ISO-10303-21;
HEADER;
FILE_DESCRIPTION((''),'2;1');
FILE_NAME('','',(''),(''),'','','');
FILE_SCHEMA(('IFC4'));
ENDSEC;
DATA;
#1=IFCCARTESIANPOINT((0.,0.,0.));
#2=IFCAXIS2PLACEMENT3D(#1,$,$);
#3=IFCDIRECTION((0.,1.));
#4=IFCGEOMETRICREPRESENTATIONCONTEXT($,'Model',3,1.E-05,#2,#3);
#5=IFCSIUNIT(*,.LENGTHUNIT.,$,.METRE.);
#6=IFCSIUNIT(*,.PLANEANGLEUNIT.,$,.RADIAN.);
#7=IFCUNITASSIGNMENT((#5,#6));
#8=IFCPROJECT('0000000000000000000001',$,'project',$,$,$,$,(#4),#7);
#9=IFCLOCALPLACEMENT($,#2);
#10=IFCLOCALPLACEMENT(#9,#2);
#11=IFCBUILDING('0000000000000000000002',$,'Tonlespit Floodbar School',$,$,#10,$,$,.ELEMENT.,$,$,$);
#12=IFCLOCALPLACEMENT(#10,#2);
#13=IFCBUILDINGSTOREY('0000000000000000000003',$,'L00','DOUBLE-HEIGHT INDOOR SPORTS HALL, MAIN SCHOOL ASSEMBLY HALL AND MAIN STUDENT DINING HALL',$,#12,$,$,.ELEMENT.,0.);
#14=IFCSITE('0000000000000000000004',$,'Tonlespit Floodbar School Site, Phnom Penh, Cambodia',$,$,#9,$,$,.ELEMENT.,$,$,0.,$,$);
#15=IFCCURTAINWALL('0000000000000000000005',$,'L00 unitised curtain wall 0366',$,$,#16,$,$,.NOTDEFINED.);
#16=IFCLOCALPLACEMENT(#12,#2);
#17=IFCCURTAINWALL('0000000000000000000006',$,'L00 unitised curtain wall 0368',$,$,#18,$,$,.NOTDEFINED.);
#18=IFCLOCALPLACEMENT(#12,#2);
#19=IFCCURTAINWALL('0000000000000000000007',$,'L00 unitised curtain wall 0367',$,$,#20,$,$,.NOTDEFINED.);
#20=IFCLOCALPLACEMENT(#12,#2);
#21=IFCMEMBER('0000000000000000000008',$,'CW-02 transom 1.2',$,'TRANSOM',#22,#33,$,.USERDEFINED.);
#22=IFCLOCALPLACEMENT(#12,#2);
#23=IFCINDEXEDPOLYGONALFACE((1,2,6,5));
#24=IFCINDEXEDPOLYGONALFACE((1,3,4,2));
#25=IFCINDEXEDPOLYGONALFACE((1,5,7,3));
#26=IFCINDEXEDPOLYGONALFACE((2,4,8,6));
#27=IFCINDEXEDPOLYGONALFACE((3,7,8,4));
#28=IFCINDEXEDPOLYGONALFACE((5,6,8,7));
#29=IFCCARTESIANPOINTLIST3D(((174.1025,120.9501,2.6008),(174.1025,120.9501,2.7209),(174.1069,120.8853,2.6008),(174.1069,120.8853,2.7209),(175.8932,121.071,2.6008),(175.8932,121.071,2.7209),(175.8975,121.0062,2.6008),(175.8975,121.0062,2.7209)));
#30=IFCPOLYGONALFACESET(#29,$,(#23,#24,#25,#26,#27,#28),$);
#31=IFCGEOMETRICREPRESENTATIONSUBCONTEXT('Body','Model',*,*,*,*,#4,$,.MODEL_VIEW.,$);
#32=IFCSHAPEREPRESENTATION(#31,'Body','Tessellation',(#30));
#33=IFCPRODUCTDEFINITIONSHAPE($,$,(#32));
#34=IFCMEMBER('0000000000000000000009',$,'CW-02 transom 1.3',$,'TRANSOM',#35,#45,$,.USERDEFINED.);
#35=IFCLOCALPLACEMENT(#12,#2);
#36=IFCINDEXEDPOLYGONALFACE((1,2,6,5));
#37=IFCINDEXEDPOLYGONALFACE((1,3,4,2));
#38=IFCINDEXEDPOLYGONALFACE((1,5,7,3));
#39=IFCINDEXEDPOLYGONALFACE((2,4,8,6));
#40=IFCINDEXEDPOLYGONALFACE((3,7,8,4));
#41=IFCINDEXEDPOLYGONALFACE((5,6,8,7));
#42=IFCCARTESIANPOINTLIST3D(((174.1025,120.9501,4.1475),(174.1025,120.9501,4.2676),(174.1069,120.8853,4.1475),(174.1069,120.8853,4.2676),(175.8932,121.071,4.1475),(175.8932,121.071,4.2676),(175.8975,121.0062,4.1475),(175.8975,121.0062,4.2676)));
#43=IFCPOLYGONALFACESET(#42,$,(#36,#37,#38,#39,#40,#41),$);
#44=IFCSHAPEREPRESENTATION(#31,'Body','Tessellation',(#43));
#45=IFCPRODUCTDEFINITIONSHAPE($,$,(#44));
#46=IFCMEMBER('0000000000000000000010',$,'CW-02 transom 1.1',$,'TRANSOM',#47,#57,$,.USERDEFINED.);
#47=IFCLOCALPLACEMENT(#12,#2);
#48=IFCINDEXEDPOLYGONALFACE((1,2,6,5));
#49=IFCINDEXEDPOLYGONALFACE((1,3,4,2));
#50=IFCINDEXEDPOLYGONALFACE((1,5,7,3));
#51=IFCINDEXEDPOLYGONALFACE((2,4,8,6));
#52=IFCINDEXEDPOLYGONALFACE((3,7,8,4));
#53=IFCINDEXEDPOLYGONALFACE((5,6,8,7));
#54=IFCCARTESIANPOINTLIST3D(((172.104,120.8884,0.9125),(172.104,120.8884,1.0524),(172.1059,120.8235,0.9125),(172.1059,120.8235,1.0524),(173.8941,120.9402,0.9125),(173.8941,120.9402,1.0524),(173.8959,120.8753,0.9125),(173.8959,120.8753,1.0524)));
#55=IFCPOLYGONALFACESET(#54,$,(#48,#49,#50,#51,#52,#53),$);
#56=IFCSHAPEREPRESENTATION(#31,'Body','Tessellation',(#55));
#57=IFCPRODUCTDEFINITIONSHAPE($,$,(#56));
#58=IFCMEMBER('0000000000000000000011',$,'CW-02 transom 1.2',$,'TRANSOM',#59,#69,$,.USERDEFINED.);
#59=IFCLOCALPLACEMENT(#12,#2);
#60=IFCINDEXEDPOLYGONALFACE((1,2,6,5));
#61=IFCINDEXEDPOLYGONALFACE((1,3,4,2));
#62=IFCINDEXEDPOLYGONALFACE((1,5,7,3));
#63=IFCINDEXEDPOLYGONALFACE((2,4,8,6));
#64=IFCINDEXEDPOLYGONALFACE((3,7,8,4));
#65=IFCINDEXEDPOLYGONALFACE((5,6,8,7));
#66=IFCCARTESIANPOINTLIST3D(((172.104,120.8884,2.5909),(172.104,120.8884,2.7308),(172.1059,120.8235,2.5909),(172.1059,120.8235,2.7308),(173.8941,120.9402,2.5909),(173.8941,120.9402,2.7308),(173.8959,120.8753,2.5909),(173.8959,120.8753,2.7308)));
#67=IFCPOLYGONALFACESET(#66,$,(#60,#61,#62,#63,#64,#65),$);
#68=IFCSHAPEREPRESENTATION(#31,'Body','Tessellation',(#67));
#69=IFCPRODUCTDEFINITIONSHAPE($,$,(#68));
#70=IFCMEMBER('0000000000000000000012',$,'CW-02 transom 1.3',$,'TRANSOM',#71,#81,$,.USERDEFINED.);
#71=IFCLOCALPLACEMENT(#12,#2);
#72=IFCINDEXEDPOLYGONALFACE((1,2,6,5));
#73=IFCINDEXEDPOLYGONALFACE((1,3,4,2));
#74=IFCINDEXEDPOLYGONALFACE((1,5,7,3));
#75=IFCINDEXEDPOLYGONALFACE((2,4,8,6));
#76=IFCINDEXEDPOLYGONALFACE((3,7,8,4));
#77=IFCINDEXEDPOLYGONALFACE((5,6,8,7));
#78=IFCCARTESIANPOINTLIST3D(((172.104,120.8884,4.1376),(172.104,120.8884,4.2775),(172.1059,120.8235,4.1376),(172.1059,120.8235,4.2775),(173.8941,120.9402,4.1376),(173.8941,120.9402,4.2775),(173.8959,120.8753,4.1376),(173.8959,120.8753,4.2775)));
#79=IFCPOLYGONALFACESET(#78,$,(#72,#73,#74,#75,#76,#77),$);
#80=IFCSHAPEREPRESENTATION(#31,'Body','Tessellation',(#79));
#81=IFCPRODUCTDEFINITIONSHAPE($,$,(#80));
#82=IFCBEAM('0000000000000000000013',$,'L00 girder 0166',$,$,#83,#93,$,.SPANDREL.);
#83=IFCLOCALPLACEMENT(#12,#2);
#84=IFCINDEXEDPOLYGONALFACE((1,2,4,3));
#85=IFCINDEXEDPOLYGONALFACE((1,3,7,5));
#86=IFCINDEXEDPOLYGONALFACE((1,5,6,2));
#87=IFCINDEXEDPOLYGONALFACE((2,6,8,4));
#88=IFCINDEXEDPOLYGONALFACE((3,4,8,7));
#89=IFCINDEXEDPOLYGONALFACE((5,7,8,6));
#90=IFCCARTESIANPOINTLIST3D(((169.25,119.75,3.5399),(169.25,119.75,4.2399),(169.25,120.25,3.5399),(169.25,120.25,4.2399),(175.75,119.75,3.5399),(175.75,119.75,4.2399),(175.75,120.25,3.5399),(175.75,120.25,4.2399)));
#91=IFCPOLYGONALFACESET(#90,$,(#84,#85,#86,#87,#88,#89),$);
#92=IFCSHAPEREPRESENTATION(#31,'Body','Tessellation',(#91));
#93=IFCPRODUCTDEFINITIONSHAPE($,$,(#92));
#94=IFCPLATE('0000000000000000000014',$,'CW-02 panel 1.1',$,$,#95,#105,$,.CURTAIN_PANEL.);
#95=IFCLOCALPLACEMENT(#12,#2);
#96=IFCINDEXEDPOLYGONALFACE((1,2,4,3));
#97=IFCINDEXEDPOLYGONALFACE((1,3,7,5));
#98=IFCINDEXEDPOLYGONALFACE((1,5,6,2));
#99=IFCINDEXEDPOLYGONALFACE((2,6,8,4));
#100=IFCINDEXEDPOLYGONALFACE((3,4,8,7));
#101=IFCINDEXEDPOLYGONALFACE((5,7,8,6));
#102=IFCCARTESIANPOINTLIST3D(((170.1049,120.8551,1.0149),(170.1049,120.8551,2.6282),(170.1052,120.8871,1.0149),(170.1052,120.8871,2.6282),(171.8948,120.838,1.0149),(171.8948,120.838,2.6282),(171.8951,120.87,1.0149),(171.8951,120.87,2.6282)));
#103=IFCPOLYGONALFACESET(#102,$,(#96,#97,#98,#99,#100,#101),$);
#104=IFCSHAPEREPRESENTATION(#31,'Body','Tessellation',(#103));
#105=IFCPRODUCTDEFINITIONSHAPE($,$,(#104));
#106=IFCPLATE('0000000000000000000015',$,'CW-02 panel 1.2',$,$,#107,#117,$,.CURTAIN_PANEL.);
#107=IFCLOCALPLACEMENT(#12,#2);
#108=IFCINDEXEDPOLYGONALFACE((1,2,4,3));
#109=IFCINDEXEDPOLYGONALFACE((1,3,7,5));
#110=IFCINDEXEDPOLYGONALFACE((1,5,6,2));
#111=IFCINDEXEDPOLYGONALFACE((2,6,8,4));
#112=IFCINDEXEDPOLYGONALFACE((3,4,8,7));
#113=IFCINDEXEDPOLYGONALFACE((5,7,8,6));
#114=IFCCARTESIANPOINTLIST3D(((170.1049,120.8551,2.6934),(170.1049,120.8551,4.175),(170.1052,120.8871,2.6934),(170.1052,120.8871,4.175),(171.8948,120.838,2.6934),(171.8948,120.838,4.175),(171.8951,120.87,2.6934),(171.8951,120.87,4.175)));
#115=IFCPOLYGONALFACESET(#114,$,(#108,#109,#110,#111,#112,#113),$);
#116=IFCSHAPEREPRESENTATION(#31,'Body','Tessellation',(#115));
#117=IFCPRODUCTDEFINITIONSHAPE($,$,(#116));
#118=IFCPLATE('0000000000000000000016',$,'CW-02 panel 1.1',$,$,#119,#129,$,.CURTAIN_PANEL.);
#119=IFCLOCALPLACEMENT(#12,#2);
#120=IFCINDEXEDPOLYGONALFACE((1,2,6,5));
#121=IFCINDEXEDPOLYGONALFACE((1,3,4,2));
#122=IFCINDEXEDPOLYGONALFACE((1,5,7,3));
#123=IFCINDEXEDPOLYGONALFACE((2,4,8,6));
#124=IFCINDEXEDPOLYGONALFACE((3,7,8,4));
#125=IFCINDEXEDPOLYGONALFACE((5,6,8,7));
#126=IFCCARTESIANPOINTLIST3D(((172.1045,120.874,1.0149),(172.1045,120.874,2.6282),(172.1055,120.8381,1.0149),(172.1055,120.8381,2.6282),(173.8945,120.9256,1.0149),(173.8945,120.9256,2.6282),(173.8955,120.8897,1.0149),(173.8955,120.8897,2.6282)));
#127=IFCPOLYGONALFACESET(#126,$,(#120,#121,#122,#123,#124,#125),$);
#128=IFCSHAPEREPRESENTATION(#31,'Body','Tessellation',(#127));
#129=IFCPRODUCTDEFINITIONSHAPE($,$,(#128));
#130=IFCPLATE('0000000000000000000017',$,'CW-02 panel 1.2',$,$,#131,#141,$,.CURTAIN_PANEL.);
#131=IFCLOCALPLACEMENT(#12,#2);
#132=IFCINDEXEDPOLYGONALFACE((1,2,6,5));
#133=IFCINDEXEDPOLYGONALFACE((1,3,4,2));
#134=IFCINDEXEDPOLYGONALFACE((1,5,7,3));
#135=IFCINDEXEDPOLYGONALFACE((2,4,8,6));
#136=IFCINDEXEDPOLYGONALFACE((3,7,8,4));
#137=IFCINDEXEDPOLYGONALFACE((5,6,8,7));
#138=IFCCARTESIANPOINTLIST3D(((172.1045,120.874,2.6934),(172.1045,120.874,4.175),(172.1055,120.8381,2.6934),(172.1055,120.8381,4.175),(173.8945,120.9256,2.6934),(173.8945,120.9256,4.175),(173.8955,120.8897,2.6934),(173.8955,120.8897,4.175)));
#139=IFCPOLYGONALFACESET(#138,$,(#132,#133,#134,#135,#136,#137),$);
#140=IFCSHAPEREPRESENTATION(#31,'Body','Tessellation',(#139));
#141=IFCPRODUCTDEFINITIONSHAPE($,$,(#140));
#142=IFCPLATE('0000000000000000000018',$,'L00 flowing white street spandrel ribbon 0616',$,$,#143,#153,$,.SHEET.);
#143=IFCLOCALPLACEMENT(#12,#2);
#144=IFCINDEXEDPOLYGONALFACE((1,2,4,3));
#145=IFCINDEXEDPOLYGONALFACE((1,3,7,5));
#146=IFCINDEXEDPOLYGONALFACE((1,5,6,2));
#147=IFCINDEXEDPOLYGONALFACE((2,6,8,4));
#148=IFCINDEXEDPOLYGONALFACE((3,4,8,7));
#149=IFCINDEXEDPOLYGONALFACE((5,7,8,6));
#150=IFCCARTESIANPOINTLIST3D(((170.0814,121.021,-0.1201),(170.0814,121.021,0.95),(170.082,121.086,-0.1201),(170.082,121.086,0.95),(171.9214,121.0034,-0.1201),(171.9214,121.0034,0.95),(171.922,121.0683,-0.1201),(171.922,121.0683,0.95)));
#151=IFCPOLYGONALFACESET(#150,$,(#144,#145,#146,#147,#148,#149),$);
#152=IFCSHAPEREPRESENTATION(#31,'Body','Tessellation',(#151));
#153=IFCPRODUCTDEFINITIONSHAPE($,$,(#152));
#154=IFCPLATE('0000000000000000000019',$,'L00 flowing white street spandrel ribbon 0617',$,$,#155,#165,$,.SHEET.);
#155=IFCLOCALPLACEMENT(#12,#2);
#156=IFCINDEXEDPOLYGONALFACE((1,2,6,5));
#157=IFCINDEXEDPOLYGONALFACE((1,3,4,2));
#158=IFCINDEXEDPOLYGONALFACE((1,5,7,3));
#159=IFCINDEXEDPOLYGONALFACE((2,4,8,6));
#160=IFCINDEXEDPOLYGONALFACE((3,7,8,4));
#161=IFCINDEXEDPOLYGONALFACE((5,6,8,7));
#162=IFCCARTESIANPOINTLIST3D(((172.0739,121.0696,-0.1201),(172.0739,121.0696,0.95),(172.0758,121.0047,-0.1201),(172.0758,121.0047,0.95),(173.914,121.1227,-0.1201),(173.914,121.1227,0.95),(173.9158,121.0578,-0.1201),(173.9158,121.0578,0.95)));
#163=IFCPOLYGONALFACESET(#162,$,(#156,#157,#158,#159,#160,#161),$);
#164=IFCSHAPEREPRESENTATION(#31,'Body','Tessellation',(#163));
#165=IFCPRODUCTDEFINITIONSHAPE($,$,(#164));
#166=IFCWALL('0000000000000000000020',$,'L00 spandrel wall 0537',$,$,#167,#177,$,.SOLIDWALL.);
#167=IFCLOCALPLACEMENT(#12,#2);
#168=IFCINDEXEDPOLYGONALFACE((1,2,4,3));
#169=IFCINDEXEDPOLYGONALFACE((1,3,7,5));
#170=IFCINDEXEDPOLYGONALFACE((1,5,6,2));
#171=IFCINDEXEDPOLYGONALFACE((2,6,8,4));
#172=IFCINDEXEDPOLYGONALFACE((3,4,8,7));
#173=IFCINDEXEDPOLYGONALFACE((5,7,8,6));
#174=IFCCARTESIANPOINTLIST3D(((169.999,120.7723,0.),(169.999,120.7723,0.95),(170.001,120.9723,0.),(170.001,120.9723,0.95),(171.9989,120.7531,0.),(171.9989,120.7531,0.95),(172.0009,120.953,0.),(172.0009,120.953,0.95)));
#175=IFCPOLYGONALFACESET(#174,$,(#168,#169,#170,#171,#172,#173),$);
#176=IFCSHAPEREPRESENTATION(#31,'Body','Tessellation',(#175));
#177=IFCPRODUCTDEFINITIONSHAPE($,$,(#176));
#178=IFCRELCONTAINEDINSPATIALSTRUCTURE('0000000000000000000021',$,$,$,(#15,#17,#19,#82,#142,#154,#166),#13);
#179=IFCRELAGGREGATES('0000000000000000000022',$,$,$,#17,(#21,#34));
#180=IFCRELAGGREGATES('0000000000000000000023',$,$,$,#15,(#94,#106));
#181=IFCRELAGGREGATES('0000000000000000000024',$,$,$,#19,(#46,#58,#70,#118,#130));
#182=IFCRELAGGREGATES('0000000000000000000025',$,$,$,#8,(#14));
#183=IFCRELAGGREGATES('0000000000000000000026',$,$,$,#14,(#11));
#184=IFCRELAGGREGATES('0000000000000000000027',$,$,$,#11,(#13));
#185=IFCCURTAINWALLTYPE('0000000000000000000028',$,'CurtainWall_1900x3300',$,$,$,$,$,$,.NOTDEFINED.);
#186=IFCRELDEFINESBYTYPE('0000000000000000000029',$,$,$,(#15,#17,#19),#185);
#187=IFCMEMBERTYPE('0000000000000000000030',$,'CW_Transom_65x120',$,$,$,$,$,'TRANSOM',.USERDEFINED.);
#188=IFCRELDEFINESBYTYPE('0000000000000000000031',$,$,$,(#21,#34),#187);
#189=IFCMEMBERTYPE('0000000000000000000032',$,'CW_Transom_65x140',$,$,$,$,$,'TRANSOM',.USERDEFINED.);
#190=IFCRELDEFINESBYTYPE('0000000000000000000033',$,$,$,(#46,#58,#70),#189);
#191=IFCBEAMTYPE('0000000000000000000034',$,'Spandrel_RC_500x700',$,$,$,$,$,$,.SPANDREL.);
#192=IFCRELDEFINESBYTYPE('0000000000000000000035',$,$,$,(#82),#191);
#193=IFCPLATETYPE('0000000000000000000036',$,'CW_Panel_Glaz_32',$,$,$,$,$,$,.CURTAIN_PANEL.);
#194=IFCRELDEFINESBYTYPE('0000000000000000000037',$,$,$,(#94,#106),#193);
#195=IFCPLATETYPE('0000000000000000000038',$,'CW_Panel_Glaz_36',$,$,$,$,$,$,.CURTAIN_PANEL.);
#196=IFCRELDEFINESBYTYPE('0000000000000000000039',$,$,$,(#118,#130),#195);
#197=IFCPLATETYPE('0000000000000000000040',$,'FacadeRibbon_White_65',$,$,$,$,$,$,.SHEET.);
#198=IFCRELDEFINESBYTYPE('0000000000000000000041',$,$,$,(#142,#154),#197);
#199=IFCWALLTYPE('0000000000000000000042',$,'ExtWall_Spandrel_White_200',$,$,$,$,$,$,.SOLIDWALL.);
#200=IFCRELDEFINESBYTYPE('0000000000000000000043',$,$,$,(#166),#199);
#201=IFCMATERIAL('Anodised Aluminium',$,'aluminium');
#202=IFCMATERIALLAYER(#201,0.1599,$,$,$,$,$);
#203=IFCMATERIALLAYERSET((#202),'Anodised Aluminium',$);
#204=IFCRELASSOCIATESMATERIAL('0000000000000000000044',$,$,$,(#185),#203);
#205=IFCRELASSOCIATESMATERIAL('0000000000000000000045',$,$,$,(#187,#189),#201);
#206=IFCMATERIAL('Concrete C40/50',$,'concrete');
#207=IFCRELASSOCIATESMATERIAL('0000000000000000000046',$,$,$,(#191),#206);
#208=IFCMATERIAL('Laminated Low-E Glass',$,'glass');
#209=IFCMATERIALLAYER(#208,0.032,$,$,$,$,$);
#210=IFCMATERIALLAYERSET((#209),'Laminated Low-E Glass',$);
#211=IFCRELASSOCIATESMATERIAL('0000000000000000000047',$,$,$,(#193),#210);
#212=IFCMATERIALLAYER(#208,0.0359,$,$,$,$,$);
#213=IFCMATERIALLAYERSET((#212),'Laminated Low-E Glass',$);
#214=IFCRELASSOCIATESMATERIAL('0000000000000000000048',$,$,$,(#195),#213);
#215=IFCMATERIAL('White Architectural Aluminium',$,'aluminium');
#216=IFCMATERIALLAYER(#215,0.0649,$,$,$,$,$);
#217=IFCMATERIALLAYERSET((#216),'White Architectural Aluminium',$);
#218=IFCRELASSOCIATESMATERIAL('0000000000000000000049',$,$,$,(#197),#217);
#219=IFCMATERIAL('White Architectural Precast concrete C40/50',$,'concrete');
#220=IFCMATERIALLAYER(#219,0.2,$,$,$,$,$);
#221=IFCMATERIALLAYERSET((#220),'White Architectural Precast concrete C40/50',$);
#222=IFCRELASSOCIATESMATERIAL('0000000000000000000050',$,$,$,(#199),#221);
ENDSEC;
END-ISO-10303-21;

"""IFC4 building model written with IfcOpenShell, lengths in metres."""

from ifc_helpers import new_model, si_unit, direction, frame, frame_2d, origin, origin_2d, place, context, subcontext, project, spatial, rectangle, extrude, material, layer, layer_set, material_profile, profile_set, type_object, element, aggregate, save


model = new_model("IFC4")

# Units and contexts
model_context = context("Model", 3, precision=1e-05, world=origin(), true_north=direction((0.0, 1.0)))
body_context = subcontext(model_context, "Body", "Model", "MODEL_VIEW")
ifc_project = project(units=[si_unit("LENGTHUNIT", "METRE"), si_unit("PLANEANGLEUNIT", "RADIAN")], contexts=[model_context])

# Site, building, storey
site_placement = place(None, origin())
site = spatial("IfcSite", under=ifc_project, at=site_placement, Name="Tonlespit Floodbar School Site, Phnom Penh, Cambodia", CompositionType="ELEMENT", RefElevation=0.0)
building_placement = place(site_placement, origin())
building = spatial("IfcBuilding", under=site, at=building_placement, Name="Tonlespit Floodbar School", CompositionType="ELEMENT")
storey_placement = place(building_placement, origin())
storey = spatial("IfcBuildingStorey", under=building, at=storey_placement, Name="L00", Description="DOUBLE-HEIGHT INDOOR SPORTS HALL, MAIN SCHOOL ASSEMBLY HALL AND MAIN STUDENT DINING HALL", CompositionType="ELEMENT", Elevation=0.0)

# Shared definitions
ifc_material_1 = material(Name="Concrete C40/50", Category="concrete")

# Curtain wall
ifc_material_2 = material(Name="Anodised Aluminium", Category="aluminium")
ifc_layer_1 = layer(ifc_material_2, 0.1599)
ifc_layer_set_1 = layer_set([ifc_layer_1], Name="Anodised Aluminium")
curtain_wall_type = type_object("IfcCurtainWallType", Name="CurtainWall_1900x3300", PredefinedType="NOTDEFINED", material=ifc_layer_set_1)
curtain_wall_1_placement = place(storey_placement, origin())
curtain_wall_1 = element("IfcCurtainWall", 1, at=curtain_wall_1_placement, inside=storey, type_object=curtain_wall_type, Name="L00 unitised curtain wall 0366", PredefinedType="NOTDEFINED")

# Curtain wall
curtain_wall_2_placement = place(storey_placement, origin())
curtain_wall_2 = element("IfcCurtainWall", 2, at=curtain_wall_2_placement, inside=storey, type_object=curtain_wall_type, Name="L00 unitised curtain wall 0368", PredefinedType="NOTDEFINED")

# Curtain wall
curtain_wall_3_placement = place(storey_placement, origin())
curtain_wall_3 = element("IfcCurtainWall", 3, at=curtain_wall_3_placement, inside=storey, type_object=curtain_wall_type, Name="L00 unitised curtain wall 0367", PredefinedType="NOTDEFINED")

# Members
ifc_material_profile_1 = material_profile(ifc_material_2, rectangle(XDim=0.0649, YDim=0.1201, at=origin_2d()), Name="ALU T65x120")
ifc_profile_set_1 = profile_set([ifc_material_profile_1], Name="Anodised Aluminium")
member_type_1 = type_object("IfcMemberType", Name="CW_Transom_65x120", ElementType="TRANSOM", PredefinedType="USERDEFINED", material=ifc_profile_set_1)
member_1_placement = place(storey_placement, frame((174.1047, 120.9177, 2.6609), z_axis=(0.99773, 0.067341, 0.0), x_axis=(-0.067341, 0.99773, 0.0)))
member_1 = element("IfcMember", 4, at=member_1_placement, type_object=member_type_1, Name="CW-02 transom 1.2", ObjectType="TRANSOM", PredefinedType="USERDEFINED", context=body_context, shape_type="SweptSolid", body=[
    extrude(rectangle(XDim=0.0649, YDim=0.1201, at=origin_2d()), origin(), (0.0, 0.0, 1.0), 1.7947),
])
member_2_placement = place(storey_placement, frame((174.1047, 120.9177, 4.2075), z_axis=(0.99773, 0.067341, 0.0), x_axis=(-0.067341, 0.99773, 0.0)))
member_2 = element("IfcMember", 5, at=member_2_placement, type_object=member_type_1, Name="CW-02 transom 1.3", ObjectType="TRANSOM", PredefinedType="USERDEFINED", context=body_context, shape_type="SweptSolid", body=[
    extrude(rectangle(XDim=0.0649, YDim=0.1201, at=origin_2d()), origin(), (0.0, 0.0, 1.0), 1.7947),
])
aggregate(curtain_wall_2, [member_1, member_2])
ifc_material_profile_2 = material_profile(ifc_material_2, rectangle(XDim=0.0649, YDim=0.1399, at=origin_2d()), Name="ALU T65x140")
ifc_profile_set_2 = profile_set([ifc_material_profile_2], Name="Anodised Aluminium")
member_type_2 = type_object("IfcMemberType", Name="CW_Transom_65x140", ElementType="TRANSOM", PredefinedType="USERDEFINED", material=ifc_profile_set_2)
member_3_placement = place(storey_placement, frame((172.105, 120.856, 0.9824), z_axis=(0.999582, 0.028902, 0.0), x_axis=(-0.028902, 0.999582, 0.0)))
member_3 = element("IfcMember", 6, at=member_3_placement, type_object=member_type_2, Name="CW-02 transom 1.1", ObjectType="TRANSOM", PredefinedType="USERDEFINED", context=body_context, shape_type="SweptSolid", body=[
    extrude(rectangle(XDim=0.0649, YDim=0.1399, at=origin_2d()), origin(), (0.0, 0.0, 1.0), 1.7908),
])
member_4_placement = place(storey_placement, frame((172.105, 120.856, 2.6609), z_axis=(0.999582, 0.028902, 0.0), x_axis=(-0.028902, 0.999582, 0.0)))
member_4 = element("IfcMember", 7, at=member_4_placement, type_object=member_type_2, Name="CW-02 transom 1.2", ObjectType="TRANSOM", PredefinedType="USERDEFINED", context=body_context, shape_type="SweptSolid", body=[
    extrude(rectangle(XDim=0.0649, YDim=0.1399, at=origin_2d()), origin(), (0.0, 0.0, 1.0), 1.7908),
])
member_5_placement = place(storey_placement, frame((172.105, 120.856, 4.2075), z_axis=(0.999582, 0.028902, 0.0), x_axis=(-0.028902, 0.999582, 0.0)))
member_5 = element("IfcMember", 8, at=member_5_placement, type_object=member_type_2, Name="CW-02 transom 1.3", ObjectType="TRANSOM", PredefinedType="USERDEFINED", context=body_context, shape_type="SweptSolid", body=[
    extrude(rectangle(XDim=0.0649, YDim=0.1399, at=origin_2d()), origin(), (0.0, 0.0, 1.0), 1.7908),
])

# Beam
ifc_material_profile_3 = material_profile(ifc_material_1, rectangle(XDim=0.5, YDim=0.7, at=origin_2d()), Name="RC 500x700")
ifc_profile_set_3 = profile_set([ifc_material_profile_3], Name="Concrete C40/50")
beam_type = type_object("IfcBeamType", Name="Spandrel_RC_500x700", PredefinedType="SPANDREL", material=ifc_profile_set_3)
beam_placement = place(storey_placement, frame((169.25, 120.0, 3.8899), z_axis=(1.0, 0.0, 0.0), x_axis=(0.0, 1.0, 0.0)))
element("IfcBeam", 9, at=beam_placement, inside=storey, type_object=beam_type, Name="L00 girder 0166", PredefinedType="SPANDREL", context=body_context, shape_type="SweptSolid", body=[
    extrude(rectangle(XDim=0.5, YDim=0.7, at=origin_2d()), origin(), (0.0, 0.0, 1.0), 6.5),
])

# Plates
ifc_material_3 = material(Name="Laminated Low-E Glass", Category="glass")
ifc_layer_2 = layer(ifc_material_3, 0.032)
ifc_layer_set_2 = layer_set([ifc_layer_2], Name="Laminated Low-E Glass")
plate_type_1 = type_object("IfcPlateType", Name="CW_Panel_Glaz_32", PredefinedType="CURTAIN_PANEL", material=ifc_layer_set_2)
plate_1_placement = place(storey_placement, frame((171.0, 120.8625, 1.0149), z_axis=(0.0, 0.0, 1.0), x_axis=(0.999954, -0.009583, 0.0)))
plate_1 = element("IfcPlate", 10, at=plate_1_placement, type_object=plate_type_1, Name="CW-02 panel 1.1", PredefinedType="CURTAIN_PANEL", context=body_context, shape_type="SweptSolid", body=[
    extrude(rectangle(XDim=1.79, YDim=0.032, at=origin_2d()), origin(), (0.0, 0.0, 1.0), 1.6133),
])
plate_2_placement = place(storey_placement, frame((171.0, 120.8625, 2.6934), z_axis=(0.0, 0.0, 1.0), x_axis=(0.999954, -0.009583, 0.0)))
plate_2 = element("IfcPlate", 11, at=plate_2_placement, type_object=plate_type_1, Name="CW-02 panel 1.2", PredefinedType="CURTAIN_PANEL", context=body_context, shape_type="SweptSolid", body=[
    extrude(rectangle(XDim=1.79, YDim=0.032, at=origin_2d()), origin(), (0.0, 0.0, 1.0), 1.4817),
])
aggregate(curtain_wall_1, [plate_1, plate_2])
ifc_layer_3 = layer(ifc_material_3, 0.0359)
ifc_layer_set_3 = layer_set([ifc_layer_3], Name="Laminated Low-E Glass")
plate_type_2 = type_object("IfcPlateType", Name="CW_Panel_Glaz_36", PredefinedType="CURTAIN_PANEL", material=ifc_layer_set_3)
plate_3_placement = place(storey_placement, frame((173.0, 120.8818, 1.0149), z_axis=(0.0, 0.0, 1.0), x_axis=(0.999585, 0.02879, 0.0)))
plate_3 = element("IfcPlate", 12, at=plate_3_placement, type_object=plate_type_2, Name="CW-02 panel 1.1", PredefinedType="CURTAIN_PANEL", context=body_context, shape_type="SweptSolid", body=[
    extrude(rectangle(XDim=1.7908, YDim=0.0359, at=origin_2d()), origin(), (0.0, 0.0, 1.0), 1.6133),
])
plate_4_placement = place(storey_placement, frame((173.0, 120.8818, 2.6934), z_axis=(0.0, 0.0, 1.0), x_axis=(0.999585, 0.02879, 0.0)))
plate_4 = element("IfcPlate", 13, at=plate_4_placement, type_object=plate_type_2, Name="CW-02 panel 1.2", PredefinedType="CURTAIN_PANEL", context=body_context, shape_type="SweptSolid", body=[
    extrude(rectangle(XDim=1.7908, YDim=0.0359, at=origin_2d()), origin(), (0.0, 0.0, 1.0), 1.4817),
])
aggregate(curtain_wall_3, [member_3, member_4, member_5, plate_3, plate_4])

# Plates
ifc_material_4 = material(Name="White Architectural Aluminium", Category="aluminium")
ifc_layer_4 = layer(ifc_material_4, 0.0649)
ifc_layer_set_4 = layer_set([ifc_layer_4], Name="White Architectural Aluminium")
plate_type_3 = type_object("IfcPlateType", Name="FacadeRibbon_White_65", PredefinedType="SHEET", material=ifc_layer_set_4)
plate_5_placement = place(storey_placement, frame((171.0017, 121.0447, -0.1201), z_axis=(0.0, 0.0, 1.0), x_axis=(0.999954, -0.009599, 0.0)))
element("IfcPlate", 14, at=plate_5_placement, inside=storey, type_object=plate_type_3, Name="L00 flowing white street spandrel ribbon 0616", PredefinedType="SHEET", context=body_context, shape_type="SweptSolid", body=[
    extrude(rectangle(XDim=1.8401, YDim=0.0649, at=origin_2d()), origin(), (0.0, 0.0, 1.0), 1.0701),
])
plate_6_placement = place(storey_placement, frame((172.9949, 121.0637, -0.1201), z_axis=(0.0, 0.0, 1.0), x_axis=(0.999584, 0.028838, 0.0)))
element("IfcPlate", 15, at=plate_6_placement, inside=storey, type_object=plate_type_3, Name="L00 flowing white street spandrel ribbon 0617", PredefinedType="SHEET", context=body_context, shape_type="SweptSolid", body=[
    extrude(rectangle(XDim=1.8408, YDim=0.0649, at=origin_2d()), origin(), (0.0, 0.0, 1.0), 1.0701),
])

# Wall
ifc_material_5 = material(Name="White Architectural Precast concrete C40/50", Category="concrete")
ifc_layer_5 = layer(ifc_material_5, 0.2)
ifc_layer_set_5 = layer_set([ifc_layer_5], Name="White Architectural Precast concrete C40/50")
wall_type = type_object("IfcWallType", Name="ExtWall_Spandrel_White_200", PredefinedType="SOLIDWALL", material=ifc_layer_set_5)
wall_1_placement = place(storey_placement, frame((170.0, 120.8723, 0.0), z_axis=(0.0, 0.0, 1.0), x_axis=(0.999954, -0.009643, 0.0)))
element("IfcWall", 16, at=wall_1_placement, inside=storey, type_object=wall_type, Name="L00 spandrel wall 0537", PredefinedType="SOLIDWALL", context=body_context, shape_type="SweptSolid", body=[
    extrude(rectangle(XDim=2.0, YDim=0.2, at=frame_2d((1.0, 0.0))), origin(), (0.0, 0.0, 1.0), 0.95),
])

save(model, "model.ifc")
